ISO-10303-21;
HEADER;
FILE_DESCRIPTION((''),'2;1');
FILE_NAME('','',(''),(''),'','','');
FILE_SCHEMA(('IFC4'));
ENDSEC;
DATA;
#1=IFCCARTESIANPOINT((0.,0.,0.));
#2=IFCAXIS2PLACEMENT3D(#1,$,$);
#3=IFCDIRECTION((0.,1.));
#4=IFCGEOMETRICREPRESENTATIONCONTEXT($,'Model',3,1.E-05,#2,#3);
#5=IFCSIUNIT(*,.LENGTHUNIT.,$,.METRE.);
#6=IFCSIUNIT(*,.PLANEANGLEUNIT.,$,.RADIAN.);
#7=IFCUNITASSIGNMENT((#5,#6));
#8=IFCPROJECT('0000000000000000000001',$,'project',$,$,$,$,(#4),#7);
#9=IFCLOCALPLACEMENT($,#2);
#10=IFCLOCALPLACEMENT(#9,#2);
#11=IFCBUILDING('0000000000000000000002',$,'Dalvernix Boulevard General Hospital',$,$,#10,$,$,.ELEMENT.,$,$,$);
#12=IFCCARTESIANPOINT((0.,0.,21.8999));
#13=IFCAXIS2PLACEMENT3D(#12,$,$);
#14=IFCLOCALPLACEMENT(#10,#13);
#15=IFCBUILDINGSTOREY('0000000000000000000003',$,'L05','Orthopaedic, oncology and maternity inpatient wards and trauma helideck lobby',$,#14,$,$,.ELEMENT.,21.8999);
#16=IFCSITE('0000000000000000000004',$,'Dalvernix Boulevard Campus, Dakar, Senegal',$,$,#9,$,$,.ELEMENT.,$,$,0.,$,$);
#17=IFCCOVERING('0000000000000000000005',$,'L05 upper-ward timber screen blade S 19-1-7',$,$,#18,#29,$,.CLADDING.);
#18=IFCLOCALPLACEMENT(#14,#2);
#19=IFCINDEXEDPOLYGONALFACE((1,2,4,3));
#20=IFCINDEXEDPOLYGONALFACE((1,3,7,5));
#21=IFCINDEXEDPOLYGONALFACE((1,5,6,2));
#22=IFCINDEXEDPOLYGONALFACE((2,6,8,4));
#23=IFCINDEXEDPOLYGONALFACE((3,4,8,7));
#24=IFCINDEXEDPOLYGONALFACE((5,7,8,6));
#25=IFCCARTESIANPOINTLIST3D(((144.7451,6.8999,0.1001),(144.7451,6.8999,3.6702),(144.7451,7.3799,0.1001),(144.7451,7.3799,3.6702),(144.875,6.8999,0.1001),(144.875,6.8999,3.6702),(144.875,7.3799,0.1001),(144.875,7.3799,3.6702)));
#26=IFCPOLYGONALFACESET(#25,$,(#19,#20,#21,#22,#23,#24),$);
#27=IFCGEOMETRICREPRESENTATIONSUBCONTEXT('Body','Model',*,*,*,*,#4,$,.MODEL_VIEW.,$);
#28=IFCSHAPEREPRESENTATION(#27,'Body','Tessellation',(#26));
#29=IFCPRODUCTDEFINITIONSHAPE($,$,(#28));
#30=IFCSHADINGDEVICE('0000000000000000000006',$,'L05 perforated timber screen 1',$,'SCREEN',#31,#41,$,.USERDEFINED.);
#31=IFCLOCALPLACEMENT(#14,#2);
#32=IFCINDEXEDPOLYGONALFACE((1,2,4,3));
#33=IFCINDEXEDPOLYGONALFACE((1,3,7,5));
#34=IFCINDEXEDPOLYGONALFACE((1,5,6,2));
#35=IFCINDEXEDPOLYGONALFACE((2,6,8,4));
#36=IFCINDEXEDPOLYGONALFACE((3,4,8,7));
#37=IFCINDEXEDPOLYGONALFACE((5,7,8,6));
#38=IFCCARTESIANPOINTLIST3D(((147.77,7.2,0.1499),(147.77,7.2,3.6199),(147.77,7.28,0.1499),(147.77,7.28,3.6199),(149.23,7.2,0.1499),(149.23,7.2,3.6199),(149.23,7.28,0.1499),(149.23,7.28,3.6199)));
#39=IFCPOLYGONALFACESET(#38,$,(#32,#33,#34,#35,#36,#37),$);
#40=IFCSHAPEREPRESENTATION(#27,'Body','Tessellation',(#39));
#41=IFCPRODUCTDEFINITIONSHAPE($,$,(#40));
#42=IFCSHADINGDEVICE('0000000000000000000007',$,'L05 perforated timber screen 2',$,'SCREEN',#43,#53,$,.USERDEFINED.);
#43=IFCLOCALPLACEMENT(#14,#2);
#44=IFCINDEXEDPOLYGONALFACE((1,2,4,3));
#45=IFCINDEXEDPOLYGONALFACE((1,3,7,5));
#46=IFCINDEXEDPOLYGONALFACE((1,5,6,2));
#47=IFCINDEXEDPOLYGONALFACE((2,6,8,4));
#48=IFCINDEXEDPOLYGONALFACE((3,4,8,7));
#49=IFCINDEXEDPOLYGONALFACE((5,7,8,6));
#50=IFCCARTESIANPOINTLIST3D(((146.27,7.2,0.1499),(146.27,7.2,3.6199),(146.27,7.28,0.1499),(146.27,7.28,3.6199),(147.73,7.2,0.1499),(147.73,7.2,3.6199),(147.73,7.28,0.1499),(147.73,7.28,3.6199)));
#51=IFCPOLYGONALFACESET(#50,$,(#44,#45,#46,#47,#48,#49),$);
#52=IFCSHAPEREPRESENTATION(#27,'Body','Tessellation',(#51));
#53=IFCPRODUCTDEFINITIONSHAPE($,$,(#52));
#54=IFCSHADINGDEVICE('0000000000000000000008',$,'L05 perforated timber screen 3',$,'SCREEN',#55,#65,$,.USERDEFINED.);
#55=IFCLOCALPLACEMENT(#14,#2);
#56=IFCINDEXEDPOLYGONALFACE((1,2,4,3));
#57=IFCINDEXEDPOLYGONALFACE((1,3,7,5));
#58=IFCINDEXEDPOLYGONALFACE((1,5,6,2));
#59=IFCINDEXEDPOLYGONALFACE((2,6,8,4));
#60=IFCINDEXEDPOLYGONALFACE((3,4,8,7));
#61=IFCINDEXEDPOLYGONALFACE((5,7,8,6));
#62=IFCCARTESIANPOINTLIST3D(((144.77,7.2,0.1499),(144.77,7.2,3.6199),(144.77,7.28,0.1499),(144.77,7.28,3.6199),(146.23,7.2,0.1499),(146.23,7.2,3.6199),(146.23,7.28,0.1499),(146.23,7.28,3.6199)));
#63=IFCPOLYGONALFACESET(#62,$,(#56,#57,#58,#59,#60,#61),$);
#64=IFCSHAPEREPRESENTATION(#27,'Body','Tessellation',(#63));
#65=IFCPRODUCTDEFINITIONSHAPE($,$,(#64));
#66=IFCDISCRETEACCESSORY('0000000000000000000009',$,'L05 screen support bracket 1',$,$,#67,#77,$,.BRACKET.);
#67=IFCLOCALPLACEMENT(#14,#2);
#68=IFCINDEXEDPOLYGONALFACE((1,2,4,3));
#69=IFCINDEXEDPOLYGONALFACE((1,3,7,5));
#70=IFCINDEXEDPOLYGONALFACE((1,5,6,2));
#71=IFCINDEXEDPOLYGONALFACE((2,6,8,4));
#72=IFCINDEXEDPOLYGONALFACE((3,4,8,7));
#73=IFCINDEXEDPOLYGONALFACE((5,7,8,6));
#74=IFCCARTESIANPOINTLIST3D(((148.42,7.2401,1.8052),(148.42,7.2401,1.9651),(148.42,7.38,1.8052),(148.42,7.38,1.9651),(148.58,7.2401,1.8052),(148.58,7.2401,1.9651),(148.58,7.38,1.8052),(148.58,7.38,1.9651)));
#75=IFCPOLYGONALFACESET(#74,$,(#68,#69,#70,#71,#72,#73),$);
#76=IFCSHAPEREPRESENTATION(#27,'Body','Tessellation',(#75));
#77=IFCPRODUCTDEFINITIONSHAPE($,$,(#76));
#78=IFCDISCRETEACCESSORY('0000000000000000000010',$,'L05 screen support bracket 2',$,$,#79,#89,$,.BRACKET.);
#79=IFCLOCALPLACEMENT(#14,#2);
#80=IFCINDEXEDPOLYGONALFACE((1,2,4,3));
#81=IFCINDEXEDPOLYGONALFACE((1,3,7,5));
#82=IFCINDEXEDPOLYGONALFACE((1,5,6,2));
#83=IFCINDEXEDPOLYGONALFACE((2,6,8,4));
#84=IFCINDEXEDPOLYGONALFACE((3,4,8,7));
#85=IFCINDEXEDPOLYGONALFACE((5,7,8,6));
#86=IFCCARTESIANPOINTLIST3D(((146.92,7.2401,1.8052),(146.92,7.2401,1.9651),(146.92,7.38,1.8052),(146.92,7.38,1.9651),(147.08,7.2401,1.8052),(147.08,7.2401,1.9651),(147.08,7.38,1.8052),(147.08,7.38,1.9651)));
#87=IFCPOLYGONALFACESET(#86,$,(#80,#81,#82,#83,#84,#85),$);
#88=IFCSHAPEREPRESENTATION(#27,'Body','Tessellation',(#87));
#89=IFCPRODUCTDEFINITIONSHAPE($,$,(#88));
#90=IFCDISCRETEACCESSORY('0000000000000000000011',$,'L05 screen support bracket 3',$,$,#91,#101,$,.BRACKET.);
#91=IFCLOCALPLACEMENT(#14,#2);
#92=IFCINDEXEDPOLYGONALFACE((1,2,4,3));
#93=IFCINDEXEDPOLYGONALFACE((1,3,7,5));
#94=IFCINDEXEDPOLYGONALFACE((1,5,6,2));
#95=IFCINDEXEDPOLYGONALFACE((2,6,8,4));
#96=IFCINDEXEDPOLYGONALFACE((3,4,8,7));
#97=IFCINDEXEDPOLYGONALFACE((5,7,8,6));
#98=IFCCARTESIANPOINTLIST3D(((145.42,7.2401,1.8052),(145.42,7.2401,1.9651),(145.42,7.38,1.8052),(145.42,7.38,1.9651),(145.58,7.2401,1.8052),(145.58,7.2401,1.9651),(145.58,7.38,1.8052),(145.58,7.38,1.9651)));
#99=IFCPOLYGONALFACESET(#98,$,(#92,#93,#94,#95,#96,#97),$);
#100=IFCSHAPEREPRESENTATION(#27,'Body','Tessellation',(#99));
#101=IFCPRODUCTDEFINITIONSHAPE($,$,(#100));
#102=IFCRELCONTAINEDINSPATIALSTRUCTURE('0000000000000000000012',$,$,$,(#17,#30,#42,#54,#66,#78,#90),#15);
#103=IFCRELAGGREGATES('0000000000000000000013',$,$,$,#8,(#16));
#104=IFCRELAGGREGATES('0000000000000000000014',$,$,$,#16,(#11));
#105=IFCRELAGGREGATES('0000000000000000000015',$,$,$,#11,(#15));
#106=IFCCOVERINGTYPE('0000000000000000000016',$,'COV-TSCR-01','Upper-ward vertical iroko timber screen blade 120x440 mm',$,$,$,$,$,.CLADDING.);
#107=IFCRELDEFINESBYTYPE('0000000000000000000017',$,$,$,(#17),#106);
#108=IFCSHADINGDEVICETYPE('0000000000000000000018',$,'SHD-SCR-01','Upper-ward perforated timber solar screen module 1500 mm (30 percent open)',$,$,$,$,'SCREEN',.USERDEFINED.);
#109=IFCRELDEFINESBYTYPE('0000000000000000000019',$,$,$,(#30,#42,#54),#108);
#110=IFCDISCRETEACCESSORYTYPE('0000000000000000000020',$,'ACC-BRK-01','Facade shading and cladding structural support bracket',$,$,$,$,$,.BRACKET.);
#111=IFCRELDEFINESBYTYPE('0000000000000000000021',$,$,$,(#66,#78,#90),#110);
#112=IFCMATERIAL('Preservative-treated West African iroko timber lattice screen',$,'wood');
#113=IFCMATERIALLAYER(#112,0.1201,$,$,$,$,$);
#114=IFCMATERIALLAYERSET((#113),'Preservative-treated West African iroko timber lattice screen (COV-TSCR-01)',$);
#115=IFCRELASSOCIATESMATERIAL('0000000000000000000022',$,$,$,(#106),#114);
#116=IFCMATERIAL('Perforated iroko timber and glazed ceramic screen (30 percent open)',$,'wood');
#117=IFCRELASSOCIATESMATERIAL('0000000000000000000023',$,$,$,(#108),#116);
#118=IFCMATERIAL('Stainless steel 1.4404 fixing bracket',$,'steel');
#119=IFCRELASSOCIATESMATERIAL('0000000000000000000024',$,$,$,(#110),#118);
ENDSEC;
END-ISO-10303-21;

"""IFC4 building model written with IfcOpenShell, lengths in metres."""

from ifc_helpers import new_model, si_unit, direction, frame, origin, origin_2d, place, context, subcontext, project, spatial, rectangle, extrude, material, layer, layer_set, type_object, element, save


model = new_model("IFC4")

# Units and contexts
model_context = context("Model", 3, precision=1e-05, world=origin(), true_north=direction((0.0, 1.0)))
body_context = subcontext(model_context, "Body", "Model", "MODEL_VIEW")
ifc_project = project(units=[si_unit("LENGTHUNIT", "METRE"), si_unit("PLANEANGLEUNIT", "RADIAN")], contexts=[model_context])

# Site, building, storey
site_placement = place(None, origin())
site = spatial("IfcSite", under=ifc_project, at=site_placement, Name="Dalvernix Boulevard Campus, Dakar, Senegal", CompositionType="ELEMENT", RefElevation=0.0)
building_placement = place(site_placement, origin())
building = spatial("IfcBuilding", under=site, at=building_placement, Name="Dalvernix Boulevard General Hospital", CompositionType="ELEMENT")
storey_placement = place(building_placement, frame((0.0, 0.0, 21.8999)))
storey = spatial("IfcBuildingStorey", under=building, at=storey_placement, Name="L05", Description="Orthopaedic, oncology and maternity inpatient wards and trauma helideck lobby", CompositionType="ELEMENT", Elevation=21.8999)

# Covering
ifc_material_1 = material(Name="Preservative-treated West African iroko timber lattice screen", Category="wood")
ifc_layer_1 = layer(ifc_material_1, 0.1201)
ifc_layer_set_1 = layer_set([ifc_layer_1], Name="Preservative-treated West African iroko timber lattice screen (COV-TSCR-01)")
covering_type_1 = type_object("IfcCoveringType", Name="COV-TSCR-01", Description="Upper-ward vertical iroko timber screen blade 120x440 mm", PredefinedType="CLADDING", material=ifc_layer_set_1)
for number, where, z_axis, x_axis, name in (
    (1, (144.8101, 7.1399, 0.1001), (0.0, 0.0, 1.0), (-1.0, 0.0, 0.0), "L05 upper-ward timber screen blade S 19-1-7"),
):
    element("IfcCovering", number, at=place(storey_placement, frame(where, z_axis=z_axis, x_axis=x_axis)), inside=storey, type_object=covering_type_1, Name=name, PredefinedType="CLADDING", context=body_context, shape_type="SweptSolid", body=[
        extrude(rectangle(XDim=0.1299, YDim=0.48, at=origin_2d()), origin(), (0.0, 0.0, 1.0), 3.5701),
    ])

# Shading devices
ifc_material_2 = material(Name="Perforated iroko timber and glazed ceramic screen (30 percent open)", Category="wood")
shading_device_type = type_object("IfcShadingDeviceType", Name="SHD-SCR-01", Description="Upper-ward perforated timber solar screen module 1500 mm (30 percent open)", ElementType="SCREEN", PredefinedType="USERDEFINED", material=ifc_material_2)
for number, where, z_axis, x_axis, name in (
    (2, (148.5, 7.24, 0.1499), (0.0, 0.0, 1.0), (-1.0, 0.0, 0.0), "L05 perforated timber screen 1"),
    (3, (147.0, 7.24, 0.1499), (0.0, 0.0, 1.0), (-1.0, 0.0, 0.0), "L05 perforated timber screen 2"),
    (4, (145.5, 7.24, 0.1499), (0.0, 0.0, 1.0), (-1.0, 0.0, 0.0), "L05 perforated timber screen 3"),
):
    element("IfcShadingDevice", number, at=place(storey_placement, frame(where, z_axis=z_axis, x_axis=x_axis)), inside=storey, type_object=shading_device_type, Name=name, ObjectType="SCREEN", PredefinedType="USERDEFINED", context=body_context, shape_type="SweptSolid", body=[
        extrude(rectangle(XDim=1.46, YDim=0.0801, at=origin_2d()), origin(), (0.0, 0.0, 1.0), 3.47),
    ])

# Discrete accessories
ifc_material_3 = material(Name="Stainless steel 1.4404 fixing bracket", Category="steel")
discrete_accessory_type = type_object("IfcDiscreteAccessoryType", Name="ACC-BRK-01", Description="Facade shading and cladding structural support bracket", PredefinedType="BRACKET", material=ifc_material_3)
for number, where, z_axis, x_axis, name in (
    (5, (148.5, 7.3101, 1.8052), (0.0, 0.0, 1.0), (-1.0, 0.0, 0.0), "L05 screen support bracket 1"),
    (6, (147.0, 7.3101, 1.8052), (0.0, 0.0, 1.0), (-1.0, 0.0, 0.0), "L05 screen support bracket 2"),
    (7, (145.5, 7.3101, 1.8052), (0.0, 0.0, 1.0), (-1.0, 0.0, 0.0), "L05 screen support bracket 3"),
):
    element("IfcDiscreteAccessory", number, at=place(storey_placement, frame(where, z_axis=z_axis, x_axis=x_axis)), inside=storey, type_object=discrete_accessory_type, Name=name, PredefinedType="BRACKET", context=body_context, shape_type="SweptSolid", body=[
        extrude(rectangle(XDim=0.1599, YDim=0.1399, at=origin_2d()), origin(), (0.0, 0.0, 1.0), 0.1599),
    ])

save(model, "model.ifc")
